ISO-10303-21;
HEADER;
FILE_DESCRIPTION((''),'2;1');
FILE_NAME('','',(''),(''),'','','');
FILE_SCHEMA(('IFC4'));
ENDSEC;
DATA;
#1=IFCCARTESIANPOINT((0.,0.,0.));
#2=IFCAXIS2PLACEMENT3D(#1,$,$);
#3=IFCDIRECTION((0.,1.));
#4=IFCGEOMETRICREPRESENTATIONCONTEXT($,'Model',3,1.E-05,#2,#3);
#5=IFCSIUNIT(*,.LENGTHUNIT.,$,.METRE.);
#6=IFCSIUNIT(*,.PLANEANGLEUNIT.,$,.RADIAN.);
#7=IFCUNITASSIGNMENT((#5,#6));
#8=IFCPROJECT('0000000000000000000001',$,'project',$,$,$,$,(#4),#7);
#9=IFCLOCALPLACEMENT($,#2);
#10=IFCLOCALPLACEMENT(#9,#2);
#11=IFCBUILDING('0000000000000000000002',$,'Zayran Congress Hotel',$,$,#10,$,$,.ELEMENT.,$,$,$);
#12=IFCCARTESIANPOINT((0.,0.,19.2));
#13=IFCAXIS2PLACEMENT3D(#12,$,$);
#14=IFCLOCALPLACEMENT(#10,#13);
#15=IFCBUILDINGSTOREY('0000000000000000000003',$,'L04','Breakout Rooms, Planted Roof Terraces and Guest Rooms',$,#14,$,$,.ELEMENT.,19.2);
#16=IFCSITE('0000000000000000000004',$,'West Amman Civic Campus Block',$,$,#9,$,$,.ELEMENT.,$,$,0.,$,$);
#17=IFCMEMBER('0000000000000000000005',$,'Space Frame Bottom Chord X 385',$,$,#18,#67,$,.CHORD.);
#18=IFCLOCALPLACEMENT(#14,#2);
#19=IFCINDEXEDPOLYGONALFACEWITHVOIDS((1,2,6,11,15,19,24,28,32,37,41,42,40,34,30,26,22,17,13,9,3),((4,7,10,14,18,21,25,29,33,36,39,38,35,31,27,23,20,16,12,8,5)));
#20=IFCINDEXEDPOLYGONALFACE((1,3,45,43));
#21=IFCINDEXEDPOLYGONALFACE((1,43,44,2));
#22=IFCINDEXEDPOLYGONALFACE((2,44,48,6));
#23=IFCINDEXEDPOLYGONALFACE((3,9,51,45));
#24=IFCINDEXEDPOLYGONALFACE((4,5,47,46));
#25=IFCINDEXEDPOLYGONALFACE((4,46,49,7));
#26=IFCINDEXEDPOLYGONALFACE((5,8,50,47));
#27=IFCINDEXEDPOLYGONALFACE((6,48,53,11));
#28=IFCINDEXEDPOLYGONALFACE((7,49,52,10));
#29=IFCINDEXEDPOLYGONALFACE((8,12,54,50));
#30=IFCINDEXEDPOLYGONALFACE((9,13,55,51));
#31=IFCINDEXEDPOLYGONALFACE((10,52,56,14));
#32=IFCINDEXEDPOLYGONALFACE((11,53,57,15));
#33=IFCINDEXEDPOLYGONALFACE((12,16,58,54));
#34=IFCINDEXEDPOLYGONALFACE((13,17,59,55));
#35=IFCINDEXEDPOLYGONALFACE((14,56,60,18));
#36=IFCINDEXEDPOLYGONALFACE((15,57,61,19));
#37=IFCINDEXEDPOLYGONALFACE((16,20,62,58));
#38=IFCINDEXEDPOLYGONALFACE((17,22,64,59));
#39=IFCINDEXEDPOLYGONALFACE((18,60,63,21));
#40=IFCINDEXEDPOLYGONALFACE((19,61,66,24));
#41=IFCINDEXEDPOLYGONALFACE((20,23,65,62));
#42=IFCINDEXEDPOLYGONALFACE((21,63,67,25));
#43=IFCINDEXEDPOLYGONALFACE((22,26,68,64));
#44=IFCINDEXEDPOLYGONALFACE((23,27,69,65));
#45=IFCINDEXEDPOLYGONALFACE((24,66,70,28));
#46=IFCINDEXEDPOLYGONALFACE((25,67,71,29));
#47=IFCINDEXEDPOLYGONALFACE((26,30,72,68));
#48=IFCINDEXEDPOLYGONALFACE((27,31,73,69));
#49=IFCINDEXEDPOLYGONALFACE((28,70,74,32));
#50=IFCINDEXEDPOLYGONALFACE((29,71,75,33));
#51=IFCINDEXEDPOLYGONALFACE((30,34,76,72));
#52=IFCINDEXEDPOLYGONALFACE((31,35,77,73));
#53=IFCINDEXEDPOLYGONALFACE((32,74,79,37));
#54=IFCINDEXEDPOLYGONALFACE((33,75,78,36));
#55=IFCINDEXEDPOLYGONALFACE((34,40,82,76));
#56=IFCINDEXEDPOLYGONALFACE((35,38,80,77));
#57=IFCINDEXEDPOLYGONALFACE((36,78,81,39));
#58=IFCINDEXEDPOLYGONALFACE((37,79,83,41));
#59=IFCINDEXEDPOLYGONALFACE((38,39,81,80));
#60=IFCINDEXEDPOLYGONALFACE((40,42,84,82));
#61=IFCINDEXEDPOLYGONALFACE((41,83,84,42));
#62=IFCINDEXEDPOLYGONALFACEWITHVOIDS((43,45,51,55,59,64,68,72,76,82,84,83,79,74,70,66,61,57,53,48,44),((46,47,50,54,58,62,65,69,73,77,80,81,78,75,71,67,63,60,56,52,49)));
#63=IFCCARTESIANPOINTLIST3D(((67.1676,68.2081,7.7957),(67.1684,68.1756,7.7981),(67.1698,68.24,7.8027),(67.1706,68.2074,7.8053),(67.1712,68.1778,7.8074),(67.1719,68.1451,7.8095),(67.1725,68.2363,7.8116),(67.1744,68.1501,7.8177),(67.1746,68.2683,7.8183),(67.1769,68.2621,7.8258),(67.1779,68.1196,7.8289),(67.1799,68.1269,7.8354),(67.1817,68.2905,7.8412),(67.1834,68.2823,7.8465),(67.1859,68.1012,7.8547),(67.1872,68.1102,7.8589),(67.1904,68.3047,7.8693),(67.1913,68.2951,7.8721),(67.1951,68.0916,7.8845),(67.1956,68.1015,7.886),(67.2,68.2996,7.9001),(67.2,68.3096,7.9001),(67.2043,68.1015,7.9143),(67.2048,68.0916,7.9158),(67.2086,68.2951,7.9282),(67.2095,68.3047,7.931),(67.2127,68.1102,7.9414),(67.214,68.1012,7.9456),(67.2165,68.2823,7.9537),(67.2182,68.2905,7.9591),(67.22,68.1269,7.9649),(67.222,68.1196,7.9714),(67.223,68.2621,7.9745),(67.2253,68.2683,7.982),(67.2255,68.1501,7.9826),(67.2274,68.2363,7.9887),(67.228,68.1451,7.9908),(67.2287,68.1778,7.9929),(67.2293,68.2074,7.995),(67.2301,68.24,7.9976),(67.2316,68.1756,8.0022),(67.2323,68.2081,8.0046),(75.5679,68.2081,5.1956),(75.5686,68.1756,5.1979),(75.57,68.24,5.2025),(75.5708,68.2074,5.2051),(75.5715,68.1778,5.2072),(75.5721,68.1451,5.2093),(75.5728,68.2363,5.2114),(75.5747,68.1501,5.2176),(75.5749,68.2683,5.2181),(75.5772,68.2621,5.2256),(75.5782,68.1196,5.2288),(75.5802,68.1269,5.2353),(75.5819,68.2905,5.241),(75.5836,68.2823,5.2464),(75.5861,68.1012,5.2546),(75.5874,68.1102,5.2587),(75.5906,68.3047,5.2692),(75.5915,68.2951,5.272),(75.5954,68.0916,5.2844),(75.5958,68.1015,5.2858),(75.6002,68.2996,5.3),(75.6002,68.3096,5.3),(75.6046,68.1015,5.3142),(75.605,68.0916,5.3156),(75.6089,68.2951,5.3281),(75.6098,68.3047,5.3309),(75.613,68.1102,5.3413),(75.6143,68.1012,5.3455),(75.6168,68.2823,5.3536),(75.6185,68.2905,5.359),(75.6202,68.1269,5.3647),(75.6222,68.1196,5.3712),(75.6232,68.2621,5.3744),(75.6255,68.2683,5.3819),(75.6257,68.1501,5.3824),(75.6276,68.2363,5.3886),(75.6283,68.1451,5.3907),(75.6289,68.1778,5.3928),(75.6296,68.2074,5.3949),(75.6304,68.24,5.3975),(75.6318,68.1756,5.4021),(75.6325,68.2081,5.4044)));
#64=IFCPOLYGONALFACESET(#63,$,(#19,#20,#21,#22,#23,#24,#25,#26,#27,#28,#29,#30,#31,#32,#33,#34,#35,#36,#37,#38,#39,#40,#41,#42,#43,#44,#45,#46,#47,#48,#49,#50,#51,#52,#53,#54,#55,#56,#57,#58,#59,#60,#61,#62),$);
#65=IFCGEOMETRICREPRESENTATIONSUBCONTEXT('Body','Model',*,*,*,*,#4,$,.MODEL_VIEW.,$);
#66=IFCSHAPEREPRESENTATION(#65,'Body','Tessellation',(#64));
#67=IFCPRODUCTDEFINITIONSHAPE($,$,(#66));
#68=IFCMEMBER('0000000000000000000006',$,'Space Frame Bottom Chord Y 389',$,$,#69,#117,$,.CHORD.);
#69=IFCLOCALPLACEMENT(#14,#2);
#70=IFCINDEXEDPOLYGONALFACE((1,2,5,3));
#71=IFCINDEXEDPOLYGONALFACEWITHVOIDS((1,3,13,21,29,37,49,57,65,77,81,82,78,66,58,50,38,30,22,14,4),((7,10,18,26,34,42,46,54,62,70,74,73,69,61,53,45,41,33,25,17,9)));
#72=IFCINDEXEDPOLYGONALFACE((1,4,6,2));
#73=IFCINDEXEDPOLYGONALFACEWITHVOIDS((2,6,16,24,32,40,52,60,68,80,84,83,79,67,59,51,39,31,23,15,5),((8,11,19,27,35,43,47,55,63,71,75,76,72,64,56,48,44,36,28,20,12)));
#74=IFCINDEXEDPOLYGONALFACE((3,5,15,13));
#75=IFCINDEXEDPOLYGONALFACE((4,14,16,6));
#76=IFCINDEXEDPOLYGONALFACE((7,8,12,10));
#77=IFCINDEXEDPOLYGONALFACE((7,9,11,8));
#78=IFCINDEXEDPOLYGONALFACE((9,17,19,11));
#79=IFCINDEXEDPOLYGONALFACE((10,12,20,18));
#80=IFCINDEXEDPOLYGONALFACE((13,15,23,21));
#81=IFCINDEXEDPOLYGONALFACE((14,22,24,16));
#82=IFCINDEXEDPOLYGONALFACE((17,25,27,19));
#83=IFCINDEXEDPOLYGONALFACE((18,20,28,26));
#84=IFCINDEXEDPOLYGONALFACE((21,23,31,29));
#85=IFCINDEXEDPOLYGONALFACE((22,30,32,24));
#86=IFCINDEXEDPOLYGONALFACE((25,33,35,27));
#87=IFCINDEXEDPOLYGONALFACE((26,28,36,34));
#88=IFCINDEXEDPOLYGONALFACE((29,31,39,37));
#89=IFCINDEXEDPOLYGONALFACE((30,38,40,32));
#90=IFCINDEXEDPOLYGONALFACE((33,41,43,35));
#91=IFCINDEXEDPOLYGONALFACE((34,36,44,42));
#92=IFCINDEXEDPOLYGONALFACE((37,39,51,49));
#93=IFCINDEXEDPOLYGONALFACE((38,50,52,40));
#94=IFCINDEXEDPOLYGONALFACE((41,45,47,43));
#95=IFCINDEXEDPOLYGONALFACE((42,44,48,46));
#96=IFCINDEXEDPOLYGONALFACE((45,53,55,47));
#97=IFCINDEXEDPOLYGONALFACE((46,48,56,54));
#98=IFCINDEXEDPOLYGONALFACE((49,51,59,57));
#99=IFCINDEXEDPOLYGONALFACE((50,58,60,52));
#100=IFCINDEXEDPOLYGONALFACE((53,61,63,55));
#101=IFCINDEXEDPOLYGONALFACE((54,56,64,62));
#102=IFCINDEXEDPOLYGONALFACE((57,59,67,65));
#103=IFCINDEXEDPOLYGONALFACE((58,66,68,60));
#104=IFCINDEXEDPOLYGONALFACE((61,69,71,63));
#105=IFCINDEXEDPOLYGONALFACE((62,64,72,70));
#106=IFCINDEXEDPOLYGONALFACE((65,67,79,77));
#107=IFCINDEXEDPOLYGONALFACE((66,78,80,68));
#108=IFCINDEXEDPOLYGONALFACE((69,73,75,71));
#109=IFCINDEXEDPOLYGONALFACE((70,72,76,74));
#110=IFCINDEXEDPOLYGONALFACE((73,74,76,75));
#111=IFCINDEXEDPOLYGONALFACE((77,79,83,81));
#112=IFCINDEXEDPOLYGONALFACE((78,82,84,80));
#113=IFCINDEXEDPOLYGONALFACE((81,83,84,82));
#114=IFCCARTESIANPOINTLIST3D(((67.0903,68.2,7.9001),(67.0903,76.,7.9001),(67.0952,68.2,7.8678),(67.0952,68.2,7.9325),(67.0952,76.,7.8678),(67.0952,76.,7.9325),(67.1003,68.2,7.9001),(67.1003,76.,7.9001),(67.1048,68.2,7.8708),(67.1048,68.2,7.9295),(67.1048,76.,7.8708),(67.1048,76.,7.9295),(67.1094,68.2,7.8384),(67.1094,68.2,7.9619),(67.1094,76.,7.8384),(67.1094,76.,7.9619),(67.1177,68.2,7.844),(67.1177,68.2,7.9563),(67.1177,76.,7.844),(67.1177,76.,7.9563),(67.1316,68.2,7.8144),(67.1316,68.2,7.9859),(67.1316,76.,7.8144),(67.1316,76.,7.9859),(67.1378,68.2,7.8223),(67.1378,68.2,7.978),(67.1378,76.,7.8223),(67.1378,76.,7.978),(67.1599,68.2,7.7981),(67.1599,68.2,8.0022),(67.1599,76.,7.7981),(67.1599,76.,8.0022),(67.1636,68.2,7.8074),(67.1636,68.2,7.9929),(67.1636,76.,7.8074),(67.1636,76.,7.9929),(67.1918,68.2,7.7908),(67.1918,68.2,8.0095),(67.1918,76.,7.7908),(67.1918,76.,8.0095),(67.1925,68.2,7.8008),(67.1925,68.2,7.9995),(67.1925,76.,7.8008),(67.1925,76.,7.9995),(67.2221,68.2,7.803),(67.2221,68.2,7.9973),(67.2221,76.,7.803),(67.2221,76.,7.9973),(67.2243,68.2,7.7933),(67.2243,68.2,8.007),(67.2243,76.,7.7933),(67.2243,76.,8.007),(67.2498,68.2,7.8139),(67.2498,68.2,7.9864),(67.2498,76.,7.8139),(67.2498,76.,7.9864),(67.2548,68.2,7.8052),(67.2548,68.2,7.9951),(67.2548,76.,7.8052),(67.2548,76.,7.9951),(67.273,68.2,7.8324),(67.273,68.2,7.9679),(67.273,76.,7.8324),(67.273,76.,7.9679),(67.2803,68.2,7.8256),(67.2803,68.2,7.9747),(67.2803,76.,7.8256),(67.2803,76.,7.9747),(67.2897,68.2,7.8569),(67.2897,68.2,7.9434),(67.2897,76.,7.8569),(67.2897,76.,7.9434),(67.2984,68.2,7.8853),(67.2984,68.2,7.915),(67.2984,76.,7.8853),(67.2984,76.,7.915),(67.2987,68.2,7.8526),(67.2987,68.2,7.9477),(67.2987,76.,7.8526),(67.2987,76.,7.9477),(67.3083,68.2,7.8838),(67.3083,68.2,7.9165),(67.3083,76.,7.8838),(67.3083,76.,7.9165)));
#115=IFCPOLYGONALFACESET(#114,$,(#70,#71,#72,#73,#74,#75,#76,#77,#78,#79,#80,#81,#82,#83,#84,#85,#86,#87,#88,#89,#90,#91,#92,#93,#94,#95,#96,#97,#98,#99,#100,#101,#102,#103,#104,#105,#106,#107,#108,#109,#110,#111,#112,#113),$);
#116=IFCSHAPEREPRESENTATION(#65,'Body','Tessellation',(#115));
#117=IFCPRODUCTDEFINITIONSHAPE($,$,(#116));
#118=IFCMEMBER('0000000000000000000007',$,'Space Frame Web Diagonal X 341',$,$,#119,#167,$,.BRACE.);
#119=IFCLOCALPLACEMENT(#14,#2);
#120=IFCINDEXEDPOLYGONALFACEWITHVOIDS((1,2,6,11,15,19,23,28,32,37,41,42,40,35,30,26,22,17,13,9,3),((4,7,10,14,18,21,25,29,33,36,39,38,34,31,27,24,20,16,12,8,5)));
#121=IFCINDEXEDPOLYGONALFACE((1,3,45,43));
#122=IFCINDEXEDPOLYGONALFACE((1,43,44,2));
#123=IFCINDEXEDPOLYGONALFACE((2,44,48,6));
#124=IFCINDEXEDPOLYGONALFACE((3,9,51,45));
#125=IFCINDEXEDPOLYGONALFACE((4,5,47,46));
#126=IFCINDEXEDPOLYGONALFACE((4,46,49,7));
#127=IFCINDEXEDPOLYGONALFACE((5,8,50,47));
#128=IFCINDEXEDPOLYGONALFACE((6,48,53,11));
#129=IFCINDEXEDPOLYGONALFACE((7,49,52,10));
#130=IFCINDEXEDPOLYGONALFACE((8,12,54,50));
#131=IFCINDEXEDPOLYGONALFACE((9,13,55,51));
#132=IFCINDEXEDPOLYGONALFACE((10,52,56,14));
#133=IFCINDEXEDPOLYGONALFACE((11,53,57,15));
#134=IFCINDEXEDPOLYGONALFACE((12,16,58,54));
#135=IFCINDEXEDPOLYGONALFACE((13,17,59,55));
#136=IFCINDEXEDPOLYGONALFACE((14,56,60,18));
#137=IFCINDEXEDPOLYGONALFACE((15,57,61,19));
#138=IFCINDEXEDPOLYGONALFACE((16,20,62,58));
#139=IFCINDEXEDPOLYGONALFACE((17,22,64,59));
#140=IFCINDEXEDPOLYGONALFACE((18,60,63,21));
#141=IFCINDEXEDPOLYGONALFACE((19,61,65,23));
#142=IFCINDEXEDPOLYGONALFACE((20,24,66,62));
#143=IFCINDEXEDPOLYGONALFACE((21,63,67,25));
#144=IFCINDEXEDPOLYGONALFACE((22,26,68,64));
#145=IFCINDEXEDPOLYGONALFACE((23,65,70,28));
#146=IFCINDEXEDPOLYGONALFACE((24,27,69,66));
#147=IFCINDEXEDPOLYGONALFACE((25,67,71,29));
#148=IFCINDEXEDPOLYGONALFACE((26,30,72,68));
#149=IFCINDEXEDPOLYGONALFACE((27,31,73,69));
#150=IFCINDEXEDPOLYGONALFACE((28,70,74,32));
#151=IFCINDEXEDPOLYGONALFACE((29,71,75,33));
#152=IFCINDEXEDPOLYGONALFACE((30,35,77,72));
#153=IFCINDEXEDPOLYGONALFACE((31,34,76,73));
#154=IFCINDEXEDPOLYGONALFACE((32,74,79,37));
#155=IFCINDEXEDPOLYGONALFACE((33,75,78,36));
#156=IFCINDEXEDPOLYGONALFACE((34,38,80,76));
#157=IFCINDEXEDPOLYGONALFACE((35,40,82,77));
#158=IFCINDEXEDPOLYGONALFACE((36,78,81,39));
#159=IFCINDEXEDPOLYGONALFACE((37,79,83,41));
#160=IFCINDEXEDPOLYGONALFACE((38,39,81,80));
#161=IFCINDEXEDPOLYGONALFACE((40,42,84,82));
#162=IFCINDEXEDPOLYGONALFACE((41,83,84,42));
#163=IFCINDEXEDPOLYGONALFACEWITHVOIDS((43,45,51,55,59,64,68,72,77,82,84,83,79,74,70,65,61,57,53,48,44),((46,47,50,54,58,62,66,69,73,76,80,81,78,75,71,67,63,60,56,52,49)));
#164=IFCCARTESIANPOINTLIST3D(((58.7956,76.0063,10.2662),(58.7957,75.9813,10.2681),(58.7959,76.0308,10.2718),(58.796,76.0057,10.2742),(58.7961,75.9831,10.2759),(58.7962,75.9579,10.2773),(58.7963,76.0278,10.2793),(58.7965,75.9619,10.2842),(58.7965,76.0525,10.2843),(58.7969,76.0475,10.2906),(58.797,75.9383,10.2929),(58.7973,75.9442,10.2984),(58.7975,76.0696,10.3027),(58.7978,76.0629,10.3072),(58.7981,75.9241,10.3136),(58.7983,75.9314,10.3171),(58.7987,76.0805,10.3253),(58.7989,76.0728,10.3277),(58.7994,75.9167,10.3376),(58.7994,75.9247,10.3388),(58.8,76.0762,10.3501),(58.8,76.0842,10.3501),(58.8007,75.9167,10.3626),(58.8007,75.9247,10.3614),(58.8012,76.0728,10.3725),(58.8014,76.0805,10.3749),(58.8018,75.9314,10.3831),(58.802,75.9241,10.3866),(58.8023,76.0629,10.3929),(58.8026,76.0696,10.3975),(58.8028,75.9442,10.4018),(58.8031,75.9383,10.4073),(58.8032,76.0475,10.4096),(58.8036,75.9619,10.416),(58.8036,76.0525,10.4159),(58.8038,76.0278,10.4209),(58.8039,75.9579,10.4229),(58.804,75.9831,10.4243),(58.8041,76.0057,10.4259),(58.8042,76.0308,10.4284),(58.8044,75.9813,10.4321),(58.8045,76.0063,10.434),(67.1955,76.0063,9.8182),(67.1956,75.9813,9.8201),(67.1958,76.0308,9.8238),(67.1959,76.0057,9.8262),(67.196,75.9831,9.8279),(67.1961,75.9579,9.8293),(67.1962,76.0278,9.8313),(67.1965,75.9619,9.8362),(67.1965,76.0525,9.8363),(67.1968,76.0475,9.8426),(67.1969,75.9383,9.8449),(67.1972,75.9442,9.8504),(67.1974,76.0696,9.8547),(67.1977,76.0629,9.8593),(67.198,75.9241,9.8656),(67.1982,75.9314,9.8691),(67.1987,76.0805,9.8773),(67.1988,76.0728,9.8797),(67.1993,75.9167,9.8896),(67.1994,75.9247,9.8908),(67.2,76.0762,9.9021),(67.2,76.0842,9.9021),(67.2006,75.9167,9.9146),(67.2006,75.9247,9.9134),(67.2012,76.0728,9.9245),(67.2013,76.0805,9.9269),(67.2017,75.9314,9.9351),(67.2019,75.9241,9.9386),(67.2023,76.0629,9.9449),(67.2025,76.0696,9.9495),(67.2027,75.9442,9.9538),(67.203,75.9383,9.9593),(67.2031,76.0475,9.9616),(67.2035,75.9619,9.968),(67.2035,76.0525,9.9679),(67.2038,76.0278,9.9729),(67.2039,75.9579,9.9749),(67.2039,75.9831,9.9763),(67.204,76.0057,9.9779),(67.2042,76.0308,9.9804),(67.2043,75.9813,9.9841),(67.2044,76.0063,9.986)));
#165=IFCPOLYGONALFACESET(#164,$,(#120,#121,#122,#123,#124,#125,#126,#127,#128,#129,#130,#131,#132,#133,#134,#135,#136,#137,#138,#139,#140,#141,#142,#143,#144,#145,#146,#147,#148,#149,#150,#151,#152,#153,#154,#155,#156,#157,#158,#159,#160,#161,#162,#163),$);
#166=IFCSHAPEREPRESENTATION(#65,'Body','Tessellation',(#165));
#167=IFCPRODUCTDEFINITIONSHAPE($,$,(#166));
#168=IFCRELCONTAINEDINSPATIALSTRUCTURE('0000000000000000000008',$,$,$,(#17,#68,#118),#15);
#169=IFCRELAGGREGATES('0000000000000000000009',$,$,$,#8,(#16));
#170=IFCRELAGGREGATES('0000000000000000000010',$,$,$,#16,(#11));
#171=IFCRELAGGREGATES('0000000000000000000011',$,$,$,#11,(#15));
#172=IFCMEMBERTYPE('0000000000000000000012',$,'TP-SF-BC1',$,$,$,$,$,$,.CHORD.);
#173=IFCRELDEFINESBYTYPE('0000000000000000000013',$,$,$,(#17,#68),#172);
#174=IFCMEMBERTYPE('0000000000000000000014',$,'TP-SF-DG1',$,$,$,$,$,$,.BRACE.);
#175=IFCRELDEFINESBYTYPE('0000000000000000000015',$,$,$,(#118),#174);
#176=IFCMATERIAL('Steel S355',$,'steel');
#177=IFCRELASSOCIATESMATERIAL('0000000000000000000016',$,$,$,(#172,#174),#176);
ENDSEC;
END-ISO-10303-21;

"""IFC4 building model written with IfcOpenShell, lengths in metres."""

from ifc_helpers import new_model, si_unit, direction, frame, origin, origin_2d, place, context, subcontext, project, spatial, hollow_circle, extrude, material, material_profile, profile_set, type_object, element, save


model = new_model("IFC4")

# Units and contexts
model_context = context("Model", 3, precision=1e-05, world=origin(), true_north=direction((0.0, 1.0)))
body_context = subcontext(model_context, "Body", "Model", "MODEL_VIEW")
ifc_project = project(units=[si_unit("LENGTHUNIT", "METRE"), si_unit("PLANEANGLEUNIT", "RADIAN")], contexts=[model_context])

# Site, building, storey
site_placement = place(None, origin())
site = spatial("IfcSite", under=ifc_project, at=site_placement, Name="West Amman Civic Campus Block", CompositionType="ELEMENT", RefElevation=0.0)
building_placement = place(site_placement, origin())
building = spatial("IfcBuilding", under=site, at=building_placement, Name="Zayran Congress Hotel", CompositionType="ELEMENT")
storey_placement = place(building_placement, frame((0.0, 0.0, 19.2)))
storey = spatial("IfcBuildingStorey", under=building, at=storey_placement, Name="L04", Description="Breakout Rooms, Planted Roof Terraces and Guest Rooms", CompositionType="ELEMENT", Elevation=19.2)

# Members
ifc_material_1 = material(Name="Steel S355", Category="steel")
ifc_material_profile_1 = material_profile(ifc_material_1, hollow_circle(Radius=0.1096, WallThickness=0.01, at=origin_2d()), Name="CHS 219.1x10")
ifc_profile_set_1 = profile_set([ifc_material_profile_1], Name="Steel S355")
member_type_1 = type_object("IfcMemberType", Name="TP-SF-BC1", PredefinedType="CHORD", material=ifc_profile_set_1)
member_1_placement = place(storey_placement, frame((67.2, 68.2, 7.9001), z_axis=(0.955284, 0.0, -0.295689), x_axis=(0.0, 1.0, 0.0)))
element("IfcMember", 1, at=member_1_placement, inside=storey, type_object=member_type_1, Name="Space Frame Bottom Chord X 385", PredefinedType="CHORD", context=body_context, shape_type="SweptSolid", body=[
    extrude(hollow_circle(Radius=0.1096, WallThickness=0.01, at=origin_2d()), origin(), (0.0, 0.0, 1.0), 8.7935),
])
member_2_placement = place(storey_placement, frame((67.2, 68.2, 7.9001), z_axis=(0.0, 1.0, 0.0), x_axis=(-1.0, 0.0, 0.0)))
element("IfcMember", 2, at=member_2_placement, inside=storey, type_object=member_type_1, Name="Space Frame Bottom Chord Y 389", PredefinedType="CHORD", context=body_context, shape_type="SweptSolid", body=[
    extrude(hollow_circle(Radius=0.1096, WallThickness=0.01, at=origin_2d()), origin(), (0.0, 0.0, 1.0), 7.8),
])
ifc_material_profile_2 = material_profile(ifc_material_1, hollow_circle(Radius=0.0842, WallThickness=0.0081, at=origin_2d()), Name="CHS 168.3x8")
ifc_profile_set_2 = profile_set([ifc_material_profile_2], Name="Steel S355")
member_type_2 = type_object("IfcMemberType", Name="TP-SF-DG1", PredefinedType="BRACE", material=ifc_profile_set_2)
member_3_placement = place(storey_placement, frame((58.8, 76.0, 10.3501), z_axis=(0.998581, 0.0, -0.053258), x_axis=(0.0, 1.0, 0.0)))
element("IfcMember", 3, at=member_3_placement, inside=storey, type_object=member_type_2, Name="Space Frame Web Diagonal X 341", PredefinedType="BRACE", context=body_context, shape_type="SweptSolid", body=[
    extrude(hollow_circle(Radius=0.0842, WallThickness=0.0081, at=origin_2d()), origin(), (0.0, 0.0, 1.0), 8.4119),
])

save(model, "model.ifc")
